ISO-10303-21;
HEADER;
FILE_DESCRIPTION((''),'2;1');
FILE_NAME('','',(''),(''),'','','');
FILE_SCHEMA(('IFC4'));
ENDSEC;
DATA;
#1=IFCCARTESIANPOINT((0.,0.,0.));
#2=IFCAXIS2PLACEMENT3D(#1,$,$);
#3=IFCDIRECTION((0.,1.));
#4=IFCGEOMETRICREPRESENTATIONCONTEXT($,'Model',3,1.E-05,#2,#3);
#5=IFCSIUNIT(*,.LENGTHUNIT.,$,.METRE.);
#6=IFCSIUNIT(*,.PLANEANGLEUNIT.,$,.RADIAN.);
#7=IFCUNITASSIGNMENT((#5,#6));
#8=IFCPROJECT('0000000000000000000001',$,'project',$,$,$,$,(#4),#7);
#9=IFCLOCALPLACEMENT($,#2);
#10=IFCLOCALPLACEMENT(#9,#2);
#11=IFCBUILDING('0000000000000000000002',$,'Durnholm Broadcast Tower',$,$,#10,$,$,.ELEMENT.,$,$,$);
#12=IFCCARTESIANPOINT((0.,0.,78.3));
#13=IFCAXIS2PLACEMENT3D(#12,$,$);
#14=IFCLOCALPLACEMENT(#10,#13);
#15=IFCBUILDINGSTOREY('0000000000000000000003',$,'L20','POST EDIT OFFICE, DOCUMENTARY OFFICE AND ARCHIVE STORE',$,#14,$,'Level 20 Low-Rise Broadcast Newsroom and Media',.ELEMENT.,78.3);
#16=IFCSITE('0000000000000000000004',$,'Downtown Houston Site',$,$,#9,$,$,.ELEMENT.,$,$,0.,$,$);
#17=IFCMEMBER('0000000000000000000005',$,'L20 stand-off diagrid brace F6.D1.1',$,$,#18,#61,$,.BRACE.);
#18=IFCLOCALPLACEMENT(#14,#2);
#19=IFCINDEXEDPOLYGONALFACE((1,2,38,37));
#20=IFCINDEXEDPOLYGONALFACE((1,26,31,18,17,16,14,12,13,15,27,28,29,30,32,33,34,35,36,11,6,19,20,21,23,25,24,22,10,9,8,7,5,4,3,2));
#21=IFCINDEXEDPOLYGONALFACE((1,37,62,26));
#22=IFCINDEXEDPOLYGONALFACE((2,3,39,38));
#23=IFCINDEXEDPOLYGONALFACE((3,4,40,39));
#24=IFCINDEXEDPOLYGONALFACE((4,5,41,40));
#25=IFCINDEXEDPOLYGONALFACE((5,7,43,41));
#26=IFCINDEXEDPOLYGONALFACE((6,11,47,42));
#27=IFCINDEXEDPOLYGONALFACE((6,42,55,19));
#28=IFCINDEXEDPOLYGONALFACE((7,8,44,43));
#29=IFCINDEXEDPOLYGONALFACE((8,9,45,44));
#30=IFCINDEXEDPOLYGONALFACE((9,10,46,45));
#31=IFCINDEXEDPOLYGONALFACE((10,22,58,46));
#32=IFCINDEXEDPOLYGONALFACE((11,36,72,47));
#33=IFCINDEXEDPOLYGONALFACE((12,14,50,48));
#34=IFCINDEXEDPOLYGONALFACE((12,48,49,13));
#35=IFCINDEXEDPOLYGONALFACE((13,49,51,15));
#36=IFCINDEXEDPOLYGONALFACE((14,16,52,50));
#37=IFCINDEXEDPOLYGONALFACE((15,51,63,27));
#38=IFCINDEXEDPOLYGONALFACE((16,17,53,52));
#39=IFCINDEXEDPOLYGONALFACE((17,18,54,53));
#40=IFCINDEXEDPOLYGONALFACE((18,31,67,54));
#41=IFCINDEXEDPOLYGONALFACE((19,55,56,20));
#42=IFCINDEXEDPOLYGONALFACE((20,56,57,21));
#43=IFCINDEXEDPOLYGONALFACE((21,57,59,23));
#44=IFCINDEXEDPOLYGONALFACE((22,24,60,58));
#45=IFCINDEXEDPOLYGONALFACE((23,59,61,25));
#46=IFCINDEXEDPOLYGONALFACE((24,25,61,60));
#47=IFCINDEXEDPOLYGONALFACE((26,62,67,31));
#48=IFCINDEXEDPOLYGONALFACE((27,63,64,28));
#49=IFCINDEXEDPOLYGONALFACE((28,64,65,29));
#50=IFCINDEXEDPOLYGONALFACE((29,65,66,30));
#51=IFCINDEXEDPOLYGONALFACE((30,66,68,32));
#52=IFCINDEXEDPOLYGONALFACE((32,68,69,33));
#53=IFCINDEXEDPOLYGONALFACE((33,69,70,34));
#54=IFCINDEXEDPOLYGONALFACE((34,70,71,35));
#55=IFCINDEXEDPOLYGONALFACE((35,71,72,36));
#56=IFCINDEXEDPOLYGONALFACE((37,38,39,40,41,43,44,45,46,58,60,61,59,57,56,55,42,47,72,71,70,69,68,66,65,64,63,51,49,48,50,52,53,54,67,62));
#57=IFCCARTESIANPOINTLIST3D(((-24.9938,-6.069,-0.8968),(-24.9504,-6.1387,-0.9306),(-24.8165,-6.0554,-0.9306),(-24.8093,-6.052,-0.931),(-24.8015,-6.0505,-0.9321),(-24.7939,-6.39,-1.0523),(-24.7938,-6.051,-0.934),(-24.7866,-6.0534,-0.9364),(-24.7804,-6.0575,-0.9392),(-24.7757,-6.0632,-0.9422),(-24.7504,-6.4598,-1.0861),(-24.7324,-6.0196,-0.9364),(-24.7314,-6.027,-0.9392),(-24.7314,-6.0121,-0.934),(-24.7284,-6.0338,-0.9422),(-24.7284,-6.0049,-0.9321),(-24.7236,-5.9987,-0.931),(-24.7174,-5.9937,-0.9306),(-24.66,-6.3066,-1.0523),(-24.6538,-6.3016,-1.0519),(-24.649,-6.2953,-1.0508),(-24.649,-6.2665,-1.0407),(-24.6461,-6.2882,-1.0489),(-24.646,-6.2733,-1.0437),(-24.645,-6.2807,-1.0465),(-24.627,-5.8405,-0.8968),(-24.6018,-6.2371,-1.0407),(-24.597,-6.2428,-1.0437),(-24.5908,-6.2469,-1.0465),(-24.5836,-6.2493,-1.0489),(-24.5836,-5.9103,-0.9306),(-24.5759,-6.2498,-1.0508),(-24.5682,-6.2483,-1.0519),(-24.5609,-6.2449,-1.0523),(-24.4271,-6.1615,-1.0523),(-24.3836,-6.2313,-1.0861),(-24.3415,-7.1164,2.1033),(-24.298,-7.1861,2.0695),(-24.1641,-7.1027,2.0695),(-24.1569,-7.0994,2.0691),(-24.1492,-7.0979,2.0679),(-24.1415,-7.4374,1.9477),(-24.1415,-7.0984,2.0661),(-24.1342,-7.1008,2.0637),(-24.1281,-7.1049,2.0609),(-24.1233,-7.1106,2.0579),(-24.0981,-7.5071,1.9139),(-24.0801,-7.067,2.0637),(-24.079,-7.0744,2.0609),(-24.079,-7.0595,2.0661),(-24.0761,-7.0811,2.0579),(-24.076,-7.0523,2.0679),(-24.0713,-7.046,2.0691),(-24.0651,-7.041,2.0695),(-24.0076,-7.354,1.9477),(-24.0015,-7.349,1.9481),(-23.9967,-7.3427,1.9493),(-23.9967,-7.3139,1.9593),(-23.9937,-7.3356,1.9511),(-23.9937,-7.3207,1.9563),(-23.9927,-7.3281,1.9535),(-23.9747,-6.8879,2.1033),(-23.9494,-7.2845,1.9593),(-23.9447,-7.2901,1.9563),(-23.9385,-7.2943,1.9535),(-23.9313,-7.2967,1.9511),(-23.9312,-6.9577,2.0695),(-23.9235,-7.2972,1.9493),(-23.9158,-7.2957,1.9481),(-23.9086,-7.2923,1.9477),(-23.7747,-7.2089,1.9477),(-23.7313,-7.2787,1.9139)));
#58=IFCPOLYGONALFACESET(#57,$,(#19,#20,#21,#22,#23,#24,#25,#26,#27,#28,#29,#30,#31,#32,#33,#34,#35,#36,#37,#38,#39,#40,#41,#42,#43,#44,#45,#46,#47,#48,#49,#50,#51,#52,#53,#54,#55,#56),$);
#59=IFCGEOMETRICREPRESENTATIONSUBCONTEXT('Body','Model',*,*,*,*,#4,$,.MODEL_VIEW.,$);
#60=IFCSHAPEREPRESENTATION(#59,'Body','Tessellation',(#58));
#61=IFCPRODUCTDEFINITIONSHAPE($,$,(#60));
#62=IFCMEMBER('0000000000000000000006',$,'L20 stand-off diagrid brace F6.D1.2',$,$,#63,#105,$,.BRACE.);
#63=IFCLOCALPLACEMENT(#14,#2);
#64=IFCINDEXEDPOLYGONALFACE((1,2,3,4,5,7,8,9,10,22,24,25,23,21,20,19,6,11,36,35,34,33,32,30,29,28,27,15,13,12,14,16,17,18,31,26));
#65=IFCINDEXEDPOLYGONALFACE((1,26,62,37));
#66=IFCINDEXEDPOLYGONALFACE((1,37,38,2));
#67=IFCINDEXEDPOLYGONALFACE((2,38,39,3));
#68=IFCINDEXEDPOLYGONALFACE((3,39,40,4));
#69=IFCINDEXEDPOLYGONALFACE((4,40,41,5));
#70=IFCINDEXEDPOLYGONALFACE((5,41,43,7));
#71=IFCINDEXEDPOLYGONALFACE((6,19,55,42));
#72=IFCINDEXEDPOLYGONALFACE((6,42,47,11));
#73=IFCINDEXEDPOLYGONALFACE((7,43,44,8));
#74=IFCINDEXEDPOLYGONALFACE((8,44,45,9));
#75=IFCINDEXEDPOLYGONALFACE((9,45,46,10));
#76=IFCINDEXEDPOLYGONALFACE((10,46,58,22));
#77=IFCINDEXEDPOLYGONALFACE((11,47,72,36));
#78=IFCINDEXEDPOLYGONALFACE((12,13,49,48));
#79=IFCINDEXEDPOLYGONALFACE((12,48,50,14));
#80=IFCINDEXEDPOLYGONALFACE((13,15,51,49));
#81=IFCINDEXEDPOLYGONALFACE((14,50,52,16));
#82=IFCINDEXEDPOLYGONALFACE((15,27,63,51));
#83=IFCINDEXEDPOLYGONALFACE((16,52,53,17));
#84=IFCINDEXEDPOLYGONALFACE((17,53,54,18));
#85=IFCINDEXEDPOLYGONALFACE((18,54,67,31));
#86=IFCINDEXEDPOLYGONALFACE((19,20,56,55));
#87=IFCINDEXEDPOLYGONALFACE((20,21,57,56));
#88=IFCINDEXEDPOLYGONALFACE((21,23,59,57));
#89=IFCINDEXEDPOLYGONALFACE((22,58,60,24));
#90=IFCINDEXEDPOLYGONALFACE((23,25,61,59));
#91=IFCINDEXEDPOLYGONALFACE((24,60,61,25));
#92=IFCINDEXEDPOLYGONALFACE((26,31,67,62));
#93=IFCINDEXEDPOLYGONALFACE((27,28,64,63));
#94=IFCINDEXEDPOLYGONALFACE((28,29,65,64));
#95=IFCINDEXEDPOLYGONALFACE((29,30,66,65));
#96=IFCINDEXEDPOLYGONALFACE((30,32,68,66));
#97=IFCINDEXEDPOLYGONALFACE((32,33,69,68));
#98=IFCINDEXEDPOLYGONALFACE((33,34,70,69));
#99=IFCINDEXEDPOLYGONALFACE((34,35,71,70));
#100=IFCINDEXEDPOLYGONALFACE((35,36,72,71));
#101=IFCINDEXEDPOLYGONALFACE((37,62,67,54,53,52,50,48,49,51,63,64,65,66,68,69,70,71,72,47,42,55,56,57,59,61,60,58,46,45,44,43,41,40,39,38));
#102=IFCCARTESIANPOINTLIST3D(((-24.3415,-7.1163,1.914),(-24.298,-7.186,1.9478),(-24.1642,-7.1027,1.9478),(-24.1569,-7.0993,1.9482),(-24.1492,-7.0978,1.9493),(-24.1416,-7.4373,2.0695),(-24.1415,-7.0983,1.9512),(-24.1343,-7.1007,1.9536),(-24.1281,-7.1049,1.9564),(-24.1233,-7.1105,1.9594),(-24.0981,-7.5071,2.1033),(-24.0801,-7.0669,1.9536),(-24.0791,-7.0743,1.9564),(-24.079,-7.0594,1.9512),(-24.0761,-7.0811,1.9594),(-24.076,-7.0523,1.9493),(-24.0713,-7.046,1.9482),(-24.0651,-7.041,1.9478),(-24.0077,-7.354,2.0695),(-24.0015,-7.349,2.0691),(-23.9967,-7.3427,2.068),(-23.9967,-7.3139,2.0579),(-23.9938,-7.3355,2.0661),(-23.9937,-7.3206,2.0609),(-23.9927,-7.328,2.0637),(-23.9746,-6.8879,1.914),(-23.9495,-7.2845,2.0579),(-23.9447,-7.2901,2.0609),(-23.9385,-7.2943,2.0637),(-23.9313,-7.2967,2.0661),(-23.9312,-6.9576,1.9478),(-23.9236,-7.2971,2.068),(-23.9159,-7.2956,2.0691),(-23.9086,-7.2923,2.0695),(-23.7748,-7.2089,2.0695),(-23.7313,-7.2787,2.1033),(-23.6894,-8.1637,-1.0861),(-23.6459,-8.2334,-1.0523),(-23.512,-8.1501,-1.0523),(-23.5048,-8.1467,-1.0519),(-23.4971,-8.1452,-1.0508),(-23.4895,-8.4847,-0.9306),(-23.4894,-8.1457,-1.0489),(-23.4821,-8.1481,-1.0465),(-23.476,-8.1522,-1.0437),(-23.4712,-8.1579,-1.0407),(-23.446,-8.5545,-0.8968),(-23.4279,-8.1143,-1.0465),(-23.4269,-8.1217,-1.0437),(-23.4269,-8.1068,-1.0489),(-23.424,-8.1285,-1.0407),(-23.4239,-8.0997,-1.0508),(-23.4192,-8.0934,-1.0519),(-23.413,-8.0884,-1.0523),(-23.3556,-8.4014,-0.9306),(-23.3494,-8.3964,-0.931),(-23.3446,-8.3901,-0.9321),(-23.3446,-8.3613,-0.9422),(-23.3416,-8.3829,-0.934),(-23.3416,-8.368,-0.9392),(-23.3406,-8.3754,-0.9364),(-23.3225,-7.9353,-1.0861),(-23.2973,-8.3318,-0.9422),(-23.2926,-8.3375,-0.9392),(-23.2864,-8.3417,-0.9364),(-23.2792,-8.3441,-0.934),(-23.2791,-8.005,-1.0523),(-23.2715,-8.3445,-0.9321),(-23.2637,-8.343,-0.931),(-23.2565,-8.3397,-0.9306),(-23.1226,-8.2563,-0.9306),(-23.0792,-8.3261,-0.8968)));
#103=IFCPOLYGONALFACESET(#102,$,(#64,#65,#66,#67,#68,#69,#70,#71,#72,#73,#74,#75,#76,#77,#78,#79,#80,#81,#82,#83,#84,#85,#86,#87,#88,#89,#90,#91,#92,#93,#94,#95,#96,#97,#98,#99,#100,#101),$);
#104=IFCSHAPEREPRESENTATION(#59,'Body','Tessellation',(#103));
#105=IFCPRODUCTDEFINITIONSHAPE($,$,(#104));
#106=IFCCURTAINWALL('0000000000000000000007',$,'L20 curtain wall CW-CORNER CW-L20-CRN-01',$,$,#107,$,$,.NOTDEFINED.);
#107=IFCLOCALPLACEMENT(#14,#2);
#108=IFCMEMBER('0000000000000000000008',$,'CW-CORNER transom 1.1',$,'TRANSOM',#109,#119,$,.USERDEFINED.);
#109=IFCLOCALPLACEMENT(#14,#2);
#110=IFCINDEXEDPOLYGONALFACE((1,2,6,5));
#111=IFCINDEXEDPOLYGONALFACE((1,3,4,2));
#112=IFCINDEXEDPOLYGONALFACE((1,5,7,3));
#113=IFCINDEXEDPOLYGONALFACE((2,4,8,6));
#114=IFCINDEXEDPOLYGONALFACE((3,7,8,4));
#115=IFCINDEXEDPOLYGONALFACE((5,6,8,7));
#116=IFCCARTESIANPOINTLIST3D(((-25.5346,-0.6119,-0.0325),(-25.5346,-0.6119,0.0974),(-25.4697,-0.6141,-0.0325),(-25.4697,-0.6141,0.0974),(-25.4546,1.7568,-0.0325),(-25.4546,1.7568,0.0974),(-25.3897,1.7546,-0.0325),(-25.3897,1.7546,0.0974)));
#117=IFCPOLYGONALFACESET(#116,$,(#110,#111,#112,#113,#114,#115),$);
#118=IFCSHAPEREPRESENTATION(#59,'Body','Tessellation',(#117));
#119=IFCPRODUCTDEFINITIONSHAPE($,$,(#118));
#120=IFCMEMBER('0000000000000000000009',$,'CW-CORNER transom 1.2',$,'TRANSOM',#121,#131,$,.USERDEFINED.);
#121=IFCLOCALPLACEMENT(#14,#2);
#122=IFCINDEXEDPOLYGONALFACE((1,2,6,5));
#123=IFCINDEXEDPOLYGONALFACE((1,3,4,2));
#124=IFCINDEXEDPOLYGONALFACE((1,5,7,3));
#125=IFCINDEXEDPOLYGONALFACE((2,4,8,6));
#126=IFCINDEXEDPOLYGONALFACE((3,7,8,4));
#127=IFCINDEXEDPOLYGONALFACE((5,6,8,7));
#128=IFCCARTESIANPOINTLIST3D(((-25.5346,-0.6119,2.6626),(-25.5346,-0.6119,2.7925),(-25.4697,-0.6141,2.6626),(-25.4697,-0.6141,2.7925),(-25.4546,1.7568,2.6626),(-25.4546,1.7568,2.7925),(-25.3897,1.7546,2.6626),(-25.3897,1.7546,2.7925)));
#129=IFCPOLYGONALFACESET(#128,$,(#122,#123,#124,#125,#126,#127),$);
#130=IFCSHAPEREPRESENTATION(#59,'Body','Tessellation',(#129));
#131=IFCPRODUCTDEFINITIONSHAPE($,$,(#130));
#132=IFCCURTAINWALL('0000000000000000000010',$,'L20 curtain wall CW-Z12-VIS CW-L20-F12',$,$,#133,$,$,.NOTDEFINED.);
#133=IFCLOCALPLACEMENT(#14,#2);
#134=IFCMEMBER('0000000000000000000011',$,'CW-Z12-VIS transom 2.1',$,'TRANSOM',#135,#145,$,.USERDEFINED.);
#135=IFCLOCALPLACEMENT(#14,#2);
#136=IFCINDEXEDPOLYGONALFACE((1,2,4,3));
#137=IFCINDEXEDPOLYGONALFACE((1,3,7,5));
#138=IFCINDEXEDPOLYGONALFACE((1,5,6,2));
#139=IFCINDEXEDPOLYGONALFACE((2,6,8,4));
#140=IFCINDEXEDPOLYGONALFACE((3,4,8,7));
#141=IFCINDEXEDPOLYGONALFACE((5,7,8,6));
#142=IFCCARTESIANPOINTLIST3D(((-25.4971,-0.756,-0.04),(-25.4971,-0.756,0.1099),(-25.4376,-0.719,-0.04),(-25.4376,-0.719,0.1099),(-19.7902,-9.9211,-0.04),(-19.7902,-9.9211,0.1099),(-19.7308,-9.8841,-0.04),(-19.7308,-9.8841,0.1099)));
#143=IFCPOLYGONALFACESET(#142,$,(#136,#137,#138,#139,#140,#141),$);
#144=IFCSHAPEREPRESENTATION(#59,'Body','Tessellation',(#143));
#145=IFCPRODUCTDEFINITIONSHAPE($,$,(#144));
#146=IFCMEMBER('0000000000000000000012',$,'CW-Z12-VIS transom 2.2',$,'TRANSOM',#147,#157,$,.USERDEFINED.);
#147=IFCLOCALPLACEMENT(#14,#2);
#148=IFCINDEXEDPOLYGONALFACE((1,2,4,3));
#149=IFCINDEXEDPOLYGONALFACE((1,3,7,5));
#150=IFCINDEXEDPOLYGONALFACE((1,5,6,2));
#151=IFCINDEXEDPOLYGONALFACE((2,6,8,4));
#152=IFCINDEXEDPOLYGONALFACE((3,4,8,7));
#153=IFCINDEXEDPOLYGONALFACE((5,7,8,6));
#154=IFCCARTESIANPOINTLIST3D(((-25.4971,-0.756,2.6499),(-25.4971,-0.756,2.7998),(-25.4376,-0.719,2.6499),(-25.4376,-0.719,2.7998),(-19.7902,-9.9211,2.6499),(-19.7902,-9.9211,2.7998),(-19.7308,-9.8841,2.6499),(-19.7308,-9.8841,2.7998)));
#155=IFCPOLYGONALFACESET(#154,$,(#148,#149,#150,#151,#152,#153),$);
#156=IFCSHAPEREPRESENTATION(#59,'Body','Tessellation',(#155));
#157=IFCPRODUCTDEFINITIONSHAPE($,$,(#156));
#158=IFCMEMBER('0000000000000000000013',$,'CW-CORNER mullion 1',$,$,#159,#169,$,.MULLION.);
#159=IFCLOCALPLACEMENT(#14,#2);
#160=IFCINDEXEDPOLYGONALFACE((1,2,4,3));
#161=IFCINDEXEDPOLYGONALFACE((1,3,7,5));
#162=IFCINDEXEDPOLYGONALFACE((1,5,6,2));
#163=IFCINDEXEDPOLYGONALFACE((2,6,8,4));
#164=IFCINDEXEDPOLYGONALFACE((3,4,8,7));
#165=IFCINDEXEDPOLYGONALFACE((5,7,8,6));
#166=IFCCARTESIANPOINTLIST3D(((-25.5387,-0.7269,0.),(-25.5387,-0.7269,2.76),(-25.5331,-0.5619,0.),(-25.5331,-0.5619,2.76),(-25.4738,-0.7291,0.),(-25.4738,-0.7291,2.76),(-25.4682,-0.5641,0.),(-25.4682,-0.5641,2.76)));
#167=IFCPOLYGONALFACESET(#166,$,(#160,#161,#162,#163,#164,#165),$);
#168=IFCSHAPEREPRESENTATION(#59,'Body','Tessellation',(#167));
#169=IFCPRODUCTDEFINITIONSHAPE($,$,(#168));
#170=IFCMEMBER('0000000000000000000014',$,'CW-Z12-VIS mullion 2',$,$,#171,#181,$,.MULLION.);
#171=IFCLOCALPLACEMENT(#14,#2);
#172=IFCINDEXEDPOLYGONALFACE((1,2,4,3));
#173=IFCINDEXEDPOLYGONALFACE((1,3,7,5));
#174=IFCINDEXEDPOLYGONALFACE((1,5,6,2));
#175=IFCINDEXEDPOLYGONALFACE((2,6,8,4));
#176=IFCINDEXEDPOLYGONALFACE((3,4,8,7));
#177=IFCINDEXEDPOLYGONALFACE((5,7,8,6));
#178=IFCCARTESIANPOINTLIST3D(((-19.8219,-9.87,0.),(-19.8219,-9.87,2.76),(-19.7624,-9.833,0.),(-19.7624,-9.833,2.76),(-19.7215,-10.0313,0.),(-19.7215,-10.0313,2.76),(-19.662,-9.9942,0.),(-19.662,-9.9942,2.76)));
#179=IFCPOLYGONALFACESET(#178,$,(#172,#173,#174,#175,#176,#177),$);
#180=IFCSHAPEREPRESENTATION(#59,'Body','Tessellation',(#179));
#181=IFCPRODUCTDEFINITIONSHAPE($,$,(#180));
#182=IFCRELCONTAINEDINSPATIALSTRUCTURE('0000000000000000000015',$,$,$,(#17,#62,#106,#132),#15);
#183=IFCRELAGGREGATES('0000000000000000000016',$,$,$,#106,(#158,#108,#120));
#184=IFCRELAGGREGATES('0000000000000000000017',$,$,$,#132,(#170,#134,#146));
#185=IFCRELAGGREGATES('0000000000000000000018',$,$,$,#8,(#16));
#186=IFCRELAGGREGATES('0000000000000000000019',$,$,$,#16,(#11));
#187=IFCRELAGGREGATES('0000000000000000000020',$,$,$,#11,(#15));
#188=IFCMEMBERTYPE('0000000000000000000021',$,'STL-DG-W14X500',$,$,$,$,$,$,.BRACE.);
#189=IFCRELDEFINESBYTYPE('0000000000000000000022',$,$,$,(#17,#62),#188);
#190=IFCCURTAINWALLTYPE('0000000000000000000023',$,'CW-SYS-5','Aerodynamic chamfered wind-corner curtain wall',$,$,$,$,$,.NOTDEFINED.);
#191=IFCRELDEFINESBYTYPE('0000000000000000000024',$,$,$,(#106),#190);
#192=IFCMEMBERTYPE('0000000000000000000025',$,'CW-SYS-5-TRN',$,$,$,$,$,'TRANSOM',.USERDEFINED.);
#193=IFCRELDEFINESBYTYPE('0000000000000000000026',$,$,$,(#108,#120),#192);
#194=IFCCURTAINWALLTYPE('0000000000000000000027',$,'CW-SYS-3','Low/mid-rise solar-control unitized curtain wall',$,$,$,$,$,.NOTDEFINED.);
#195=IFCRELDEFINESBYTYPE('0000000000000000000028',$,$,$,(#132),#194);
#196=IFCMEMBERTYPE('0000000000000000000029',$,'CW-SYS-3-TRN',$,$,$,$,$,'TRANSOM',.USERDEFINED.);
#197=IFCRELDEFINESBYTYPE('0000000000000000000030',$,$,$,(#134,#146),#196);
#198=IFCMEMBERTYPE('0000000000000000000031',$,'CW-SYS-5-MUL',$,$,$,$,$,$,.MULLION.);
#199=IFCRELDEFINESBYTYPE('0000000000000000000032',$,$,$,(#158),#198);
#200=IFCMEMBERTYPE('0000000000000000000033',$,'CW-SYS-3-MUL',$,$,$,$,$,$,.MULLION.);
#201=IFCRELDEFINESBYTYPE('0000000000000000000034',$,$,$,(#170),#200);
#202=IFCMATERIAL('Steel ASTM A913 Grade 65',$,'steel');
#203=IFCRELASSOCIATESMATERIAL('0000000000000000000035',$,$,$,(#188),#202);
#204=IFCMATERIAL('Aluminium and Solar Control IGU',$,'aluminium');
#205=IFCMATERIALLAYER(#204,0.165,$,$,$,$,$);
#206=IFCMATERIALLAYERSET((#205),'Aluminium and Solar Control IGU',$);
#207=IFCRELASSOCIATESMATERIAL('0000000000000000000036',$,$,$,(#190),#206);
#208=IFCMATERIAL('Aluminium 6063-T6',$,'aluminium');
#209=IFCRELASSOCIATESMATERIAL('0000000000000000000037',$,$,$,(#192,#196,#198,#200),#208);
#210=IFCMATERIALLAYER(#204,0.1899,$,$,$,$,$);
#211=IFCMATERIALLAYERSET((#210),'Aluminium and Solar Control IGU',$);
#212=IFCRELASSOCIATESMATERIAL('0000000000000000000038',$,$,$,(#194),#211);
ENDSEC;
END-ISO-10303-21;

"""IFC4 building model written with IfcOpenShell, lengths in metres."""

from ifc_helpers import new_model, si_unit, direction, frame, origin, origin_2d, place, context, subcontext, project, spatial, rectangle, i_section, extrude, source, transform, mapped, material, layer, layer_set, material_profile, profile_set, type_object, type_shapes, element, aggregate, save


model = new_model("IFC4")

# Units and contexts
model_context = context("Model", 3, precision=1e-05, world=origin(), true_north=direction((0.0, 1.0)))
body_context = subcontext(model_context, "Body", "Model", "MODEL_VIEW")
ifc_project = project(units=[si_unit("LENGTHUNIT", "METRE"), si_unit("PLANEANGLEUNIT", "RADIAN")], contexts=[model_context])

# Site, building, storey
site_placement = place(None, origin())
site = spatial("IfcSite", under=ifc_project, at=site_placement, Name="Downtown Houston Site", CompositionType="ELEMENT", RefElevation=0.0)
building_placement = place(site_placement, origin())
building = spatial("IfcBuilding", under=site, at=building_placement, Name="Durnholm Broadcast Tower", CompositionType="ELEMENT")
storey_placement = place(building_placement, frame((0.0, 0.0, 78.3)))
storey = spatial("IfcBuildingStorey", under=building, at=storey_placement, Name="L20", Description="POST EDIT OFFICE, DOCUMENTARY OFFICE AND ARCHIVE STORE", LongName="Level 20 Low-Rise Broadcast Newsroom and Media", CompositionType="ELEMENT", Elevation=78.3)

# Members
ifc_material_1 = material(Name="Steel ASTM A913 Grade 65", Category="steel")
ifc_material_profile_1 = material_profile(ifc_material_1, i_section(OverallWidth=0.4321, OverallDepth=0.4978, WebThickness=0.0557, FlangeThickness=0.0889, FilletRadius=0.0305, at=origin_2d()), Name="W14X500")
ifc_profile_set_1 = profile_set([ifc_material_profile_1], Name="Steel ASTM A913 Grade 65")
member_type_1 = type_object("IfcMemberType", Name="STL-DG-W14X500", PredefinedType="BRACE", material=ifc_profile_set_1)
shared_shape_1 = source(origin(), body_context, "Body", "SweptSolid", [
    extrude(i_section(OverallWidth=0.4321, OverallDepth=0.4978, WebThickness=0.0557, FlangeThickness=0.0889, FilletRadius=0.0305, at=origin_2d()), origin(), (0.0, 0.0, 1.0), 3.2439),
])
type_shapes(member_type_1, [shared_shape_1])
for number, where, z_axis, x_axis, name in (
    (1, (-24.6887, -6.1501, -0.9915), (0.201102, -0.322877, 0.924829), (0.84882, 0.528682, 0.0), "L20 stand-off diagrid brace F6.D1.1"),
    (2, (-23.3843, -8.2449, -0.9915), (-0.20103, 0.322882, 0.924843), (-0.848909, -0.52854, 0.0), "L20 stand-off diagrid brace F6.D1.2"),
):
    element("IfcMember", number, at=place(storey_placement, frame(where, z_axis=z_axis, x_axis=x_axis)), inside=storey, type_object=member_type_1, Name=name, PredefinedType="BRACE", context=body_context, shape_type="MappedRepresentation", body=[
        mapped(shared_shape_1, transform((0.0, 0.0, 0.0), x_axis=(1.0, 0.0, 0.0), y_axis=(0.0, 1.0, 0.0), z_axis=(0.0, 0.0, 1.0), scale=1.0)),
    ])

# Curtain walls, members
ifc_material_2 = material(Name="Aluminium and Solar Control IGU", Category="aluminium")
ifc_layer_1 = layer(ifc_material_2, 0.165)
ifc_layer_set_1 = layer_set([ifc_layer_1], Name="Aluminium and Solar Control IGU")
curtain_wall_type_1 = type_object("IfcCurtainWallType", Name="CW-SYS-5", Description="Aerodynamic chamfered wind-corner curtain wall", PredefinedType="NOTDEFINED", material=ifc_layer_set_1)
curtain_wall_1_placement = place(storey_placement, origin())
curtain_wall_1 = element("IfcCurtainWall", 3, at=curtain_wall_1_placement, inside=storey, type_object=curtain_wall_type_1, Name="L20 curtain wall CW-CORNER CW-L20-CRN-01", PredefinedType="NOTDEFINED")
ifc_material_3 = material(Name="Aluminium 6063-T6", Category="aluminium")
ifc_material_profile_2 = material_profile(ifc_material_3, rectangle(XDim=0.0649, YDim=0.1299, at=origin_2d()), Name="CWT65X130")
ifc_profile_set_2 = profile_set([ifc_material_profile_2], Name="Aluminium 6063-T6")
member_type_2 = type_object("IfcMemberType", Name="CW-SYS-5-TRN", ElementType="TRANSOM", PredefinedType="USERDEFINED", material=ifc_profile_set_2)
shared_shape_2 = source(origin(), body_context, "Body", "SweptSolid", [
    extrude(rectangle(XDim=0.0649, YDim=0.1299, at=origin_2d()), origin(), (0.0, 0.0, 1.0), 2.3701),
])
type_shapes(member_type_2, [shared_shape_2])
member_1_placement = place(storey_placement, frame((-25.5022, -0.613, 0.0325), z_axis=(0.033788, 0.999429, 0.0), x_axis=(-0.999429, 0.033788, 0.0)))
member_1 = element("IfcMember", 4, at=member_1_placement, type_object=member_type_2, Name="CW-CORNER transom 1.1", ObjectType="TRANSOM", PredefinedType="USERDEFINED", context=body_context, shape_type="MappedRepresentation", body=[
    mapped(shared_shape_2, transform((0.0, 0.0, 0.0), x_axis=(1.0, 0.0, 0.0), y_axis=(0.0, 1.0, 0.0), z_axis=(0.0, 0.0, 1.0), scale=1.0)),
])
member_2_placement = place(storey_placement, frame((-25.5022, -0.613, 2.7275), z_axis=(0.033788, 0.999429, 0.0), x_axis=(-0.999429, 0.033788, 0.0)))
member_2 = element("IfcMember", 5, at=member_2_placement, type_object=member_type_2, Name="CW-CORNER transom 1.2", ObjectType="TRANSOM", PredefinedType="USERDEFINED", context=body_context, shape_type="MappedRepresentation", body=[
    mapped(shared_shape_2, transform((0.0, 0.0, 0.0), x_axis=(1.0, 0.0, 0.0), y_axis=(0.0, 1.0, 0.0), z_axis=(0.0, 0.0, 1.0), scale=1.0)),
])
ifc_layer_2 = layer(ifc_material_2, 0.1899)
ifc_layer_set_2 = layer_set([ifc_layer_2], Name="Aluminium and Solar Control IGU")
curtain_wall_type_2 = type_object("IfcCurtainWallType", Name="CW-SYS-3", Description="Low/mid-rise solar-control unitized curtain wall", PredefinedType="NOTDEFINED", material=ifc_layer_set_2)
curtain_wall_2_placement = place(storey_placement, origin())
curtain_wall_2 = element("IfcCurtainWall", 6, at=curtain_wall_2_placement, inside=storey, type_object=curtain_wall_type_2, Name="L20 curtain wall CW-Z12-VIS CW-L20-F12", PredefinedType="NOTDEFINED")
ifc_material_profile_3 = material_profile(ifc_material_3, rectangle(XDim=0.0701, YDim=0.1499, at=origin_2d()), Name="CWT70X150")
ifc_profile_set_3 = profile_set([ifc_material_profile_3], Name="Aluminium 6063-T6")
member_type_3 = type_object("IfcMemberType", Name="CW-SYS-3-TRN", ElementType="TRANSOM", PredefinedType="USERDEFINED", material=ifc_profile_set_3)
shared_shape_3 = source(origin(), body_context, "Body", "SweptSolid", [
    extrude(rectangle(XDim=0.0701, YDim=0.1499, at=origin_2d()), origin(), (0.0, 0.0, 1.0), 10.7966),
])
type_shapes(member_type_3, [shared_shape_3])
member_3_placement = place(storey_placement, frame((-19.7605, -9.9026, 0.0349), z_axis=(-0.528575, 0.848886, 0.0), x_axis=(-0.848886, -0.528575, 0.0)))
member_3 = element("IfcMember", 7, at=member_3_placement, type_object=member_type_3, Name="CW-Z12-VIS transom 2.1", ObjectType="TRANSOM", PredefinedType="USERDEFINED", context=body_context, shape_type="MappedRepresentation", body=[
    mapped(shared_shape_3, transform((0.0, 0.0, 0.0), x_axis=(1.0, 0.0, 0.0), y_axis=(0.0, 1.0, 0.0), z_axis=(0.0, 0.0, 1.0), scale=1.0)),
])
member_4_placement = place(storey_placement, frame((-19.7605, -9.9026, 2.7249), z_axis=(-0.528575, 0.848886, 0.0), x_axis=(-0.848886, -0.528575, 0.0)))
member_4 = element("IfcMember", 8, at=member_4_placement, type_object=member_type_3, Name="CW-Z12-VIS transom 2.2", ObjectType="TRANSOM", PredefinedType="USERDEFINED", context=body_context, shape_type="MappedRepresentation", body=[
    mapped(shared_shape_3, transform((0.0, 0.0, 0.0), x_axis=(1.0, 0.0, 0.0), y_axis=(0.0, 1.0, 0.0), z_axis=(0.0, 0.0, 1.0), scale=1.0)),
])

# Members
ifc_material_profile_4 = material_profile(ifc_material_3, rectangle(XDim=0.0649, YDim=0.165, at=origin_2d()), Name="CWM65X165")
ifc_profile_set_4 = profile_set([ifc_material_profile_4], Name="Aluminium 6063-T6")
member_type_4 = type_object("IfcMemberType", Name="CW-SYS-5-MUL", PredefinedType="MULLION", material=ifc_profile_set_4)
shared_shape_4 = source(origin(), body_context, "Body", "SweptSolid", [
    extrude(rectangle(XDim=0.0649, YDim=0.165, at=origin_2d()), origin(), (0.0, 0.0, 1.0), 2.76),
])
type_shapes(member_type_4, [shared_shape_4])
member_5_placement = place(storey_placement, frame((-25.5034, -0.6455, 0.0), z_axis=(0.0, 0.0, 1.0), x_axis=(-0.999427, 0.03384, 0.0)))
member_5 = element("IfcMember", 9, at=member_5_placement, type_object=member_type_4, Name="CW-CORNER mullion 1", PredefinedType="MULLION", context=body_context, shape_type="MappedRepresentation", body=[
    mapped(shared_shape_4, transform((0.0, 0.0, 0.0), x_axis=(1.0, 0.0, 0.0), y_axis=(0.0, 1.0, 0.0), z_axis=(0.0, 0.0, 1.0), scale=1.0)),
])
aggregate(curtain_wall_1, [member_5, member_1, member_2])
ifc_material_profile_5 = material_profile(ifc_material_3, rectangle(XDim=0.0701, YDim=0.1899, at=origin_2d()), Name="CWM70X190")
ifc_profile_set_5 = profile_set([ifc_material_profile_5], Name="Aluminium 6063-T6")
member_type_5 = type_object("IfcMemberType", Name="CW-SYS-3-MUL", PredefinedType="MULLION", material=ifc_profile_set_5)
shared_shape_5 = source(origin(), body_context, "Body", "SweptSolid", [
    extrude(rectangle(XDim=0.0701, YDim=0.1899, at=origin_2d()), origin(), (0.0, 0.0, 1.0), 2.76),
])
type_shapes(member_type_5, [shared_shape_5])
member_6_placement = place(storey_placement, frame((-19.7419, -9.9321, 0.0), z_axis=(0.0, 0.0, 1.0), x_axis=(-0.848876, -0.528592, 0.0)))
member_6 = element("IfcMember", 10, at=member_6_placement, type_object=member_type_5, Name="CW-Z12-VIS mullion 2", PredefinedType="MULLION", context=body_context, shape_type="MappedRepresentation", body=[
    mapped(shared_shape_5, transform((0.0, 0.0, 0.0), x_axis=(1.0, 0.0, 0.0), y_axis=(0.0, 1.0, 0.0), z_axis=(0.0, 0.0, 1.0), scale=1.0)),
])

aggregate(curtain_wall_2, [member_6, member_3, member_4])

save(model, "model.ifc")
